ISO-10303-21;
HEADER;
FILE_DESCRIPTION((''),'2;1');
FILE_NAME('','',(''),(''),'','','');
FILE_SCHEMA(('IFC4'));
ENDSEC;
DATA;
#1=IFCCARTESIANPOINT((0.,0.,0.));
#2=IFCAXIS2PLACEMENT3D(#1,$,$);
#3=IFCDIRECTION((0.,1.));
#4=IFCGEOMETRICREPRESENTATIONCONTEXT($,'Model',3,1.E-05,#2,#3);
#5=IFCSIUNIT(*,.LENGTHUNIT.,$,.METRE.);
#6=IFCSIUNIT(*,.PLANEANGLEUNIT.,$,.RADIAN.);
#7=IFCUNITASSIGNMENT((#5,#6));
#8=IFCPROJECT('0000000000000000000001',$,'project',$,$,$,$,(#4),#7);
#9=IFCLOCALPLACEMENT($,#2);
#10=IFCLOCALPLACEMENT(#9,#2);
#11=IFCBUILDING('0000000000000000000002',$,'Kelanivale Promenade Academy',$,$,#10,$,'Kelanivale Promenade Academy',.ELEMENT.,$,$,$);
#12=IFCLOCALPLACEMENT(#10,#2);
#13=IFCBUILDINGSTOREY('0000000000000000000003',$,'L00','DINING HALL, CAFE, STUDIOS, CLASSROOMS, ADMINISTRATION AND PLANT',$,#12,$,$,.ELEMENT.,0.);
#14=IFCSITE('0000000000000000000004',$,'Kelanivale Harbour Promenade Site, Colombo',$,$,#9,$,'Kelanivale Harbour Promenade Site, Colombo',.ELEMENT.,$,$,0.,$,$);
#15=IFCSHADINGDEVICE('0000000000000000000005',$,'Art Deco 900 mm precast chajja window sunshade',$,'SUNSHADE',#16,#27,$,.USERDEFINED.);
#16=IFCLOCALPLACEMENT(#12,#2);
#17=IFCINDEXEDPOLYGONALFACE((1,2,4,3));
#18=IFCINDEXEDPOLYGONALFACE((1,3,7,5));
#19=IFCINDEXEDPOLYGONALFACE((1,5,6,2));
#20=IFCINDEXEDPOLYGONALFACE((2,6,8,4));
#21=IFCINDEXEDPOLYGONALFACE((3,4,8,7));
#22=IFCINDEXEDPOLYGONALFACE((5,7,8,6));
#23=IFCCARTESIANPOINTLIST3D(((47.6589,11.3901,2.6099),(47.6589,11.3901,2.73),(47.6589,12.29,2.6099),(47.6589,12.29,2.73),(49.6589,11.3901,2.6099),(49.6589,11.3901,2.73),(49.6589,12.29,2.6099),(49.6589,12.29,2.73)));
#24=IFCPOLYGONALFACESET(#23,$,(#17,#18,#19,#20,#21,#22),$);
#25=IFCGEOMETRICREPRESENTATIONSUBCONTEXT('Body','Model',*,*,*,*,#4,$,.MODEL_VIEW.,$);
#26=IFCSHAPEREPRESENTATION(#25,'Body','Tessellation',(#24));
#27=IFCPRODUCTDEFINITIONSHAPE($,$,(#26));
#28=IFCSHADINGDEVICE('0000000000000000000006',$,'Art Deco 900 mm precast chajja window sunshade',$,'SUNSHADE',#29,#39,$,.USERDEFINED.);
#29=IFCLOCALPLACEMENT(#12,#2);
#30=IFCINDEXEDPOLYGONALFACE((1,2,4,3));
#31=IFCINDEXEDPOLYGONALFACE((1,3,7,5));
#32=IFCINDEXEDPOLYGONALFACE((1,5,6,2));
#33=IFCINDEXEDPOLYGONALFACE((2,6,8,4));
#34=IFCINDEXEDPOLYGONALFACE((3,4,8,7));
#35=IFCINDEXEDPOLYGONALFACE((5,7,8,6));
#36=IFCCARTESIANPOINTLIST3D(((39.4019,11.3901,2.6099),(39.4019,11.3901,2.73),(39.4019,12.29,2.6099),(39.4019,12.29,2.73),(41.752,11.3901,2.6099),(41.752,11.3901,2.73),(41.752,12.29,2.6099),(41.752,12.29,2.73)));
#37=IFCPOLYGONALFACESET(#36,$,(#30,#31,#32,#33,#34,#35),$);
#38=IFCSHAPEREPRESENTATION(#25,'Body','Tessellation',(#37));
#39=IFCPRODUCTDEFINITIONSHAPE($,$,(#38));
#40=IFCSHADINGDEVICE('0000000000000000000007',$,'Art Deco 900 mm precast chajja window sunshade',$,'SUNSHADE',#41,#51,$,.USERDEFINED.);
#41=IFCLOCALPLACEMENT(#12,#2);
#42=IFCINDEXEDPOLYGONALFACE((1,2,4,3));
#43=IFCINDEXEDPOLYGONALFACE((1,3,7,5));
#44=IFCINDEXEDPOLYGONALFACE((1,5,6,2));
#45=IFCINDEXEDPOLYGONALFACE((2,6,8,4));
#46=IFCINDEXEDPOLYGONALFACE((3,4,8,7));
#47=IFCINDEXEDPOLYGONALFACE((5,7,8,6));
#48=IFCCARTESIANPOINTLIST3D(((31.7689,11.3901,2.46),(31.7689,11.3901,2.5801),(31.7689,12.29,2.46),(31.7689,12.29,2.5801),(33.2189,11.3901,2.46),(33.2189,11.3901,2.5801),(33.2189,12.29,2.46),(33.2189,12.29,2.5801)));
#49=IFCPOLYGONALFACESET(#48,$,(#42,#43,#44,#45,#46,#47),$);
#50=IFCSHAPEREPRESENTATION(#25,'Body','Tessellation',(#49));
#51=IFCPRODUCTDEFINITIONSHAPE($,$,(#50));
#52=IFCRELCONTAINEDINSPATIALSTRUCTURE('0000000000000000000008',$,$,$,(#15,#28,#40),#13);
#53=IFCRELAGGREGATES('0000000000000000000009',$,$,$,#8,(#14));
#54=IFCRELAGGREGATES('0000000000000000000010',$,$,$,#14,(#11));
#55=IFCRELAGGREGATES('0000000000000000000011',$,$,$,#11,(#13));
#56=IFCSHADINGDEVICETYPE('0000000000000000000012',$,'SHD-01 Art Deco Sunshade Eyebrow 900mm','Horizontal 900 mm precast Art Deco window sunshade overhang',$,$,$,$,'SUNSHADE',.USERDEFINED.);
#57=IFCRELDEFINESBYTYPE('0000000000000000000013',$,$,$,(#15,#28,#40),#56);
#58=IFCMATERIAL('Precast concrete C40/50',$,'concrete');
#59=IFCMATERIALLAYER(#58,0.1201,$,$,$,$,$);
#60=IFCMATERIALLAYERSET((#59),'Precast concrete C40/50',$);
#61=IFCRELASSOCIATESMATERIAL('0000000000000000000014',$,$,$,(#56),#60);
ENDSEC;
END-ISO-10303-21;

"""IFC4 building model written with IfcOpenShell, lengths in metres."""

from ifc_helpers import new_model, si_unit, direction, frame, origin, origin_2d, place, context, subcontext, project, spatial, rectangle, extrude, material, layer, layer_set, type_object, element, save


model = new_model("IFC4")

# Units and contexts
model_context = context("Model", 3, precision=1e-05, world=origin(), true_north=direction((0.0, 1.0)))
body_context = subcontext(model_context, "Body", "Model", "MODEL_VIEW")
ifc_project = project(units=[si_unit("LENGTHUNIT", "METRE"), si_unit("PLANEANGLEUNIT", "RADIAN")], contexts=[model_context])

# Site, building, storey
site_placement = place(None, origin())
site = spatial("IfcSite", under=ifc_project, at=site_placement, Name="Kelanivale Harbour Promenade Site, Colombo", LongName="Kelanivale Harbour Promenade Site, Colombo", CompositionType="ELEMENT", RefElevation=0.0)
building_placement = place(site_placement, origin())
building = spatial("IfcBuilding", under=site, at=building_placement, Name="Kelanivale Promenade Academy", LongName="Kelanivale Promenade Academy", CompositionType="ELEMENT")
storey_placement = place(building_placement, origin())
storey = spatial("IfcBuildingStorey", under=building, at=storey_placement, Name="L00", Description="DINING HALL, CAFE, STUDIOS, CLASSROOMS, ADMINISTRATION AND PLANT", CompositionType="ELEMENT", Elevation=0.0)

# Shading devices
ifc_material_1 = material(Name="Precast concrete C40/50", Category="concrete")
ifc_layer_1 = layer(ifc_material_1, 0.1201)
ifc_layer_set_1 = layer_set([ifc_layer_1], Name="Precast concrete C40/50")
shading_device_type = type_object("IfcShadingDeviceType", Name="SHD-01 Art Deco Sunshade Eyebrow 900mm", Description="Horizontal 900 mm precast Art Deco window sunshade overhang", ElementType="SUNSHADE", PredefinedType="USERDEFINED", material=ifc_layer_set_1)
shading_device_1_placement = place(storey_placement, frame((48.6589, 11.8401, 2.6099), z_axis=(0.0, 0.0, 1.0), x_axis=(-1.0, 0.0, 0.0)))
element("IfcShadingDevice", 1, at=shading_device_1_placement, inside=storey, type_object=shading_device_type, Name="Art Deco 900 mm precast chajja window sunshade", ObjectType="SUNSHADE", PredefinedType="USERDEFINED", context=body_context, shape_type="SweptSolid", body=[
    extrude(rectangle(XDim=2.0, YDim=0.8999, at=origin_2d()), origin(), (0.0, 0.0, 1.0), 0.1201),
])
shading_device_2_placement = place(storey_placement, frame((40.5769, 11.8401, 2.6099), z_axis=(0.0, 0.0, 1.0), x_axis=(-1.0, 0.0, 0.0)))
element("IfcShadingDevice", 2, at=shading_device_2_placement, inside=storey, type_object=shading_device_type, Name="Art Deco 900 mm precast chajja window sunshade", ObjectType="SUNSHADE", PredefinedType="USERDEFINED", context=body_context, shape_type="SweptSolid", body=[
    extrude(rectangle(XDim=2.3501, YDim=0.8999, at=origin_2d()), origin(), (0.0, 0.0, 1.0), 0.1201),
])
shading_device_3_placement = place(storey_placement, frame((32.4939, 11.8401, 2.46), z_axis=(0.0, 0.0, 1.0), x_axis=(-1.0, 0.0, 0.0)))
element("IfcShadingDevice", 3, at=shading_device_3_placement, inside=storey, type_object=shading_device_type, Name="Art Deco 900 mm precast chajja window sunshade", ObjectType="SUNSHADE", PredefinedType="USERDEFINED", context=body_context, shape_type="SweptSolid", body=[
    extrude(rectangle(XDim=1.45, YDim=0.8999, at=origin_2d()), origin(), (0.0, 0.0, 1.0), 0.1201),
])

save(model, "model.ifc")
